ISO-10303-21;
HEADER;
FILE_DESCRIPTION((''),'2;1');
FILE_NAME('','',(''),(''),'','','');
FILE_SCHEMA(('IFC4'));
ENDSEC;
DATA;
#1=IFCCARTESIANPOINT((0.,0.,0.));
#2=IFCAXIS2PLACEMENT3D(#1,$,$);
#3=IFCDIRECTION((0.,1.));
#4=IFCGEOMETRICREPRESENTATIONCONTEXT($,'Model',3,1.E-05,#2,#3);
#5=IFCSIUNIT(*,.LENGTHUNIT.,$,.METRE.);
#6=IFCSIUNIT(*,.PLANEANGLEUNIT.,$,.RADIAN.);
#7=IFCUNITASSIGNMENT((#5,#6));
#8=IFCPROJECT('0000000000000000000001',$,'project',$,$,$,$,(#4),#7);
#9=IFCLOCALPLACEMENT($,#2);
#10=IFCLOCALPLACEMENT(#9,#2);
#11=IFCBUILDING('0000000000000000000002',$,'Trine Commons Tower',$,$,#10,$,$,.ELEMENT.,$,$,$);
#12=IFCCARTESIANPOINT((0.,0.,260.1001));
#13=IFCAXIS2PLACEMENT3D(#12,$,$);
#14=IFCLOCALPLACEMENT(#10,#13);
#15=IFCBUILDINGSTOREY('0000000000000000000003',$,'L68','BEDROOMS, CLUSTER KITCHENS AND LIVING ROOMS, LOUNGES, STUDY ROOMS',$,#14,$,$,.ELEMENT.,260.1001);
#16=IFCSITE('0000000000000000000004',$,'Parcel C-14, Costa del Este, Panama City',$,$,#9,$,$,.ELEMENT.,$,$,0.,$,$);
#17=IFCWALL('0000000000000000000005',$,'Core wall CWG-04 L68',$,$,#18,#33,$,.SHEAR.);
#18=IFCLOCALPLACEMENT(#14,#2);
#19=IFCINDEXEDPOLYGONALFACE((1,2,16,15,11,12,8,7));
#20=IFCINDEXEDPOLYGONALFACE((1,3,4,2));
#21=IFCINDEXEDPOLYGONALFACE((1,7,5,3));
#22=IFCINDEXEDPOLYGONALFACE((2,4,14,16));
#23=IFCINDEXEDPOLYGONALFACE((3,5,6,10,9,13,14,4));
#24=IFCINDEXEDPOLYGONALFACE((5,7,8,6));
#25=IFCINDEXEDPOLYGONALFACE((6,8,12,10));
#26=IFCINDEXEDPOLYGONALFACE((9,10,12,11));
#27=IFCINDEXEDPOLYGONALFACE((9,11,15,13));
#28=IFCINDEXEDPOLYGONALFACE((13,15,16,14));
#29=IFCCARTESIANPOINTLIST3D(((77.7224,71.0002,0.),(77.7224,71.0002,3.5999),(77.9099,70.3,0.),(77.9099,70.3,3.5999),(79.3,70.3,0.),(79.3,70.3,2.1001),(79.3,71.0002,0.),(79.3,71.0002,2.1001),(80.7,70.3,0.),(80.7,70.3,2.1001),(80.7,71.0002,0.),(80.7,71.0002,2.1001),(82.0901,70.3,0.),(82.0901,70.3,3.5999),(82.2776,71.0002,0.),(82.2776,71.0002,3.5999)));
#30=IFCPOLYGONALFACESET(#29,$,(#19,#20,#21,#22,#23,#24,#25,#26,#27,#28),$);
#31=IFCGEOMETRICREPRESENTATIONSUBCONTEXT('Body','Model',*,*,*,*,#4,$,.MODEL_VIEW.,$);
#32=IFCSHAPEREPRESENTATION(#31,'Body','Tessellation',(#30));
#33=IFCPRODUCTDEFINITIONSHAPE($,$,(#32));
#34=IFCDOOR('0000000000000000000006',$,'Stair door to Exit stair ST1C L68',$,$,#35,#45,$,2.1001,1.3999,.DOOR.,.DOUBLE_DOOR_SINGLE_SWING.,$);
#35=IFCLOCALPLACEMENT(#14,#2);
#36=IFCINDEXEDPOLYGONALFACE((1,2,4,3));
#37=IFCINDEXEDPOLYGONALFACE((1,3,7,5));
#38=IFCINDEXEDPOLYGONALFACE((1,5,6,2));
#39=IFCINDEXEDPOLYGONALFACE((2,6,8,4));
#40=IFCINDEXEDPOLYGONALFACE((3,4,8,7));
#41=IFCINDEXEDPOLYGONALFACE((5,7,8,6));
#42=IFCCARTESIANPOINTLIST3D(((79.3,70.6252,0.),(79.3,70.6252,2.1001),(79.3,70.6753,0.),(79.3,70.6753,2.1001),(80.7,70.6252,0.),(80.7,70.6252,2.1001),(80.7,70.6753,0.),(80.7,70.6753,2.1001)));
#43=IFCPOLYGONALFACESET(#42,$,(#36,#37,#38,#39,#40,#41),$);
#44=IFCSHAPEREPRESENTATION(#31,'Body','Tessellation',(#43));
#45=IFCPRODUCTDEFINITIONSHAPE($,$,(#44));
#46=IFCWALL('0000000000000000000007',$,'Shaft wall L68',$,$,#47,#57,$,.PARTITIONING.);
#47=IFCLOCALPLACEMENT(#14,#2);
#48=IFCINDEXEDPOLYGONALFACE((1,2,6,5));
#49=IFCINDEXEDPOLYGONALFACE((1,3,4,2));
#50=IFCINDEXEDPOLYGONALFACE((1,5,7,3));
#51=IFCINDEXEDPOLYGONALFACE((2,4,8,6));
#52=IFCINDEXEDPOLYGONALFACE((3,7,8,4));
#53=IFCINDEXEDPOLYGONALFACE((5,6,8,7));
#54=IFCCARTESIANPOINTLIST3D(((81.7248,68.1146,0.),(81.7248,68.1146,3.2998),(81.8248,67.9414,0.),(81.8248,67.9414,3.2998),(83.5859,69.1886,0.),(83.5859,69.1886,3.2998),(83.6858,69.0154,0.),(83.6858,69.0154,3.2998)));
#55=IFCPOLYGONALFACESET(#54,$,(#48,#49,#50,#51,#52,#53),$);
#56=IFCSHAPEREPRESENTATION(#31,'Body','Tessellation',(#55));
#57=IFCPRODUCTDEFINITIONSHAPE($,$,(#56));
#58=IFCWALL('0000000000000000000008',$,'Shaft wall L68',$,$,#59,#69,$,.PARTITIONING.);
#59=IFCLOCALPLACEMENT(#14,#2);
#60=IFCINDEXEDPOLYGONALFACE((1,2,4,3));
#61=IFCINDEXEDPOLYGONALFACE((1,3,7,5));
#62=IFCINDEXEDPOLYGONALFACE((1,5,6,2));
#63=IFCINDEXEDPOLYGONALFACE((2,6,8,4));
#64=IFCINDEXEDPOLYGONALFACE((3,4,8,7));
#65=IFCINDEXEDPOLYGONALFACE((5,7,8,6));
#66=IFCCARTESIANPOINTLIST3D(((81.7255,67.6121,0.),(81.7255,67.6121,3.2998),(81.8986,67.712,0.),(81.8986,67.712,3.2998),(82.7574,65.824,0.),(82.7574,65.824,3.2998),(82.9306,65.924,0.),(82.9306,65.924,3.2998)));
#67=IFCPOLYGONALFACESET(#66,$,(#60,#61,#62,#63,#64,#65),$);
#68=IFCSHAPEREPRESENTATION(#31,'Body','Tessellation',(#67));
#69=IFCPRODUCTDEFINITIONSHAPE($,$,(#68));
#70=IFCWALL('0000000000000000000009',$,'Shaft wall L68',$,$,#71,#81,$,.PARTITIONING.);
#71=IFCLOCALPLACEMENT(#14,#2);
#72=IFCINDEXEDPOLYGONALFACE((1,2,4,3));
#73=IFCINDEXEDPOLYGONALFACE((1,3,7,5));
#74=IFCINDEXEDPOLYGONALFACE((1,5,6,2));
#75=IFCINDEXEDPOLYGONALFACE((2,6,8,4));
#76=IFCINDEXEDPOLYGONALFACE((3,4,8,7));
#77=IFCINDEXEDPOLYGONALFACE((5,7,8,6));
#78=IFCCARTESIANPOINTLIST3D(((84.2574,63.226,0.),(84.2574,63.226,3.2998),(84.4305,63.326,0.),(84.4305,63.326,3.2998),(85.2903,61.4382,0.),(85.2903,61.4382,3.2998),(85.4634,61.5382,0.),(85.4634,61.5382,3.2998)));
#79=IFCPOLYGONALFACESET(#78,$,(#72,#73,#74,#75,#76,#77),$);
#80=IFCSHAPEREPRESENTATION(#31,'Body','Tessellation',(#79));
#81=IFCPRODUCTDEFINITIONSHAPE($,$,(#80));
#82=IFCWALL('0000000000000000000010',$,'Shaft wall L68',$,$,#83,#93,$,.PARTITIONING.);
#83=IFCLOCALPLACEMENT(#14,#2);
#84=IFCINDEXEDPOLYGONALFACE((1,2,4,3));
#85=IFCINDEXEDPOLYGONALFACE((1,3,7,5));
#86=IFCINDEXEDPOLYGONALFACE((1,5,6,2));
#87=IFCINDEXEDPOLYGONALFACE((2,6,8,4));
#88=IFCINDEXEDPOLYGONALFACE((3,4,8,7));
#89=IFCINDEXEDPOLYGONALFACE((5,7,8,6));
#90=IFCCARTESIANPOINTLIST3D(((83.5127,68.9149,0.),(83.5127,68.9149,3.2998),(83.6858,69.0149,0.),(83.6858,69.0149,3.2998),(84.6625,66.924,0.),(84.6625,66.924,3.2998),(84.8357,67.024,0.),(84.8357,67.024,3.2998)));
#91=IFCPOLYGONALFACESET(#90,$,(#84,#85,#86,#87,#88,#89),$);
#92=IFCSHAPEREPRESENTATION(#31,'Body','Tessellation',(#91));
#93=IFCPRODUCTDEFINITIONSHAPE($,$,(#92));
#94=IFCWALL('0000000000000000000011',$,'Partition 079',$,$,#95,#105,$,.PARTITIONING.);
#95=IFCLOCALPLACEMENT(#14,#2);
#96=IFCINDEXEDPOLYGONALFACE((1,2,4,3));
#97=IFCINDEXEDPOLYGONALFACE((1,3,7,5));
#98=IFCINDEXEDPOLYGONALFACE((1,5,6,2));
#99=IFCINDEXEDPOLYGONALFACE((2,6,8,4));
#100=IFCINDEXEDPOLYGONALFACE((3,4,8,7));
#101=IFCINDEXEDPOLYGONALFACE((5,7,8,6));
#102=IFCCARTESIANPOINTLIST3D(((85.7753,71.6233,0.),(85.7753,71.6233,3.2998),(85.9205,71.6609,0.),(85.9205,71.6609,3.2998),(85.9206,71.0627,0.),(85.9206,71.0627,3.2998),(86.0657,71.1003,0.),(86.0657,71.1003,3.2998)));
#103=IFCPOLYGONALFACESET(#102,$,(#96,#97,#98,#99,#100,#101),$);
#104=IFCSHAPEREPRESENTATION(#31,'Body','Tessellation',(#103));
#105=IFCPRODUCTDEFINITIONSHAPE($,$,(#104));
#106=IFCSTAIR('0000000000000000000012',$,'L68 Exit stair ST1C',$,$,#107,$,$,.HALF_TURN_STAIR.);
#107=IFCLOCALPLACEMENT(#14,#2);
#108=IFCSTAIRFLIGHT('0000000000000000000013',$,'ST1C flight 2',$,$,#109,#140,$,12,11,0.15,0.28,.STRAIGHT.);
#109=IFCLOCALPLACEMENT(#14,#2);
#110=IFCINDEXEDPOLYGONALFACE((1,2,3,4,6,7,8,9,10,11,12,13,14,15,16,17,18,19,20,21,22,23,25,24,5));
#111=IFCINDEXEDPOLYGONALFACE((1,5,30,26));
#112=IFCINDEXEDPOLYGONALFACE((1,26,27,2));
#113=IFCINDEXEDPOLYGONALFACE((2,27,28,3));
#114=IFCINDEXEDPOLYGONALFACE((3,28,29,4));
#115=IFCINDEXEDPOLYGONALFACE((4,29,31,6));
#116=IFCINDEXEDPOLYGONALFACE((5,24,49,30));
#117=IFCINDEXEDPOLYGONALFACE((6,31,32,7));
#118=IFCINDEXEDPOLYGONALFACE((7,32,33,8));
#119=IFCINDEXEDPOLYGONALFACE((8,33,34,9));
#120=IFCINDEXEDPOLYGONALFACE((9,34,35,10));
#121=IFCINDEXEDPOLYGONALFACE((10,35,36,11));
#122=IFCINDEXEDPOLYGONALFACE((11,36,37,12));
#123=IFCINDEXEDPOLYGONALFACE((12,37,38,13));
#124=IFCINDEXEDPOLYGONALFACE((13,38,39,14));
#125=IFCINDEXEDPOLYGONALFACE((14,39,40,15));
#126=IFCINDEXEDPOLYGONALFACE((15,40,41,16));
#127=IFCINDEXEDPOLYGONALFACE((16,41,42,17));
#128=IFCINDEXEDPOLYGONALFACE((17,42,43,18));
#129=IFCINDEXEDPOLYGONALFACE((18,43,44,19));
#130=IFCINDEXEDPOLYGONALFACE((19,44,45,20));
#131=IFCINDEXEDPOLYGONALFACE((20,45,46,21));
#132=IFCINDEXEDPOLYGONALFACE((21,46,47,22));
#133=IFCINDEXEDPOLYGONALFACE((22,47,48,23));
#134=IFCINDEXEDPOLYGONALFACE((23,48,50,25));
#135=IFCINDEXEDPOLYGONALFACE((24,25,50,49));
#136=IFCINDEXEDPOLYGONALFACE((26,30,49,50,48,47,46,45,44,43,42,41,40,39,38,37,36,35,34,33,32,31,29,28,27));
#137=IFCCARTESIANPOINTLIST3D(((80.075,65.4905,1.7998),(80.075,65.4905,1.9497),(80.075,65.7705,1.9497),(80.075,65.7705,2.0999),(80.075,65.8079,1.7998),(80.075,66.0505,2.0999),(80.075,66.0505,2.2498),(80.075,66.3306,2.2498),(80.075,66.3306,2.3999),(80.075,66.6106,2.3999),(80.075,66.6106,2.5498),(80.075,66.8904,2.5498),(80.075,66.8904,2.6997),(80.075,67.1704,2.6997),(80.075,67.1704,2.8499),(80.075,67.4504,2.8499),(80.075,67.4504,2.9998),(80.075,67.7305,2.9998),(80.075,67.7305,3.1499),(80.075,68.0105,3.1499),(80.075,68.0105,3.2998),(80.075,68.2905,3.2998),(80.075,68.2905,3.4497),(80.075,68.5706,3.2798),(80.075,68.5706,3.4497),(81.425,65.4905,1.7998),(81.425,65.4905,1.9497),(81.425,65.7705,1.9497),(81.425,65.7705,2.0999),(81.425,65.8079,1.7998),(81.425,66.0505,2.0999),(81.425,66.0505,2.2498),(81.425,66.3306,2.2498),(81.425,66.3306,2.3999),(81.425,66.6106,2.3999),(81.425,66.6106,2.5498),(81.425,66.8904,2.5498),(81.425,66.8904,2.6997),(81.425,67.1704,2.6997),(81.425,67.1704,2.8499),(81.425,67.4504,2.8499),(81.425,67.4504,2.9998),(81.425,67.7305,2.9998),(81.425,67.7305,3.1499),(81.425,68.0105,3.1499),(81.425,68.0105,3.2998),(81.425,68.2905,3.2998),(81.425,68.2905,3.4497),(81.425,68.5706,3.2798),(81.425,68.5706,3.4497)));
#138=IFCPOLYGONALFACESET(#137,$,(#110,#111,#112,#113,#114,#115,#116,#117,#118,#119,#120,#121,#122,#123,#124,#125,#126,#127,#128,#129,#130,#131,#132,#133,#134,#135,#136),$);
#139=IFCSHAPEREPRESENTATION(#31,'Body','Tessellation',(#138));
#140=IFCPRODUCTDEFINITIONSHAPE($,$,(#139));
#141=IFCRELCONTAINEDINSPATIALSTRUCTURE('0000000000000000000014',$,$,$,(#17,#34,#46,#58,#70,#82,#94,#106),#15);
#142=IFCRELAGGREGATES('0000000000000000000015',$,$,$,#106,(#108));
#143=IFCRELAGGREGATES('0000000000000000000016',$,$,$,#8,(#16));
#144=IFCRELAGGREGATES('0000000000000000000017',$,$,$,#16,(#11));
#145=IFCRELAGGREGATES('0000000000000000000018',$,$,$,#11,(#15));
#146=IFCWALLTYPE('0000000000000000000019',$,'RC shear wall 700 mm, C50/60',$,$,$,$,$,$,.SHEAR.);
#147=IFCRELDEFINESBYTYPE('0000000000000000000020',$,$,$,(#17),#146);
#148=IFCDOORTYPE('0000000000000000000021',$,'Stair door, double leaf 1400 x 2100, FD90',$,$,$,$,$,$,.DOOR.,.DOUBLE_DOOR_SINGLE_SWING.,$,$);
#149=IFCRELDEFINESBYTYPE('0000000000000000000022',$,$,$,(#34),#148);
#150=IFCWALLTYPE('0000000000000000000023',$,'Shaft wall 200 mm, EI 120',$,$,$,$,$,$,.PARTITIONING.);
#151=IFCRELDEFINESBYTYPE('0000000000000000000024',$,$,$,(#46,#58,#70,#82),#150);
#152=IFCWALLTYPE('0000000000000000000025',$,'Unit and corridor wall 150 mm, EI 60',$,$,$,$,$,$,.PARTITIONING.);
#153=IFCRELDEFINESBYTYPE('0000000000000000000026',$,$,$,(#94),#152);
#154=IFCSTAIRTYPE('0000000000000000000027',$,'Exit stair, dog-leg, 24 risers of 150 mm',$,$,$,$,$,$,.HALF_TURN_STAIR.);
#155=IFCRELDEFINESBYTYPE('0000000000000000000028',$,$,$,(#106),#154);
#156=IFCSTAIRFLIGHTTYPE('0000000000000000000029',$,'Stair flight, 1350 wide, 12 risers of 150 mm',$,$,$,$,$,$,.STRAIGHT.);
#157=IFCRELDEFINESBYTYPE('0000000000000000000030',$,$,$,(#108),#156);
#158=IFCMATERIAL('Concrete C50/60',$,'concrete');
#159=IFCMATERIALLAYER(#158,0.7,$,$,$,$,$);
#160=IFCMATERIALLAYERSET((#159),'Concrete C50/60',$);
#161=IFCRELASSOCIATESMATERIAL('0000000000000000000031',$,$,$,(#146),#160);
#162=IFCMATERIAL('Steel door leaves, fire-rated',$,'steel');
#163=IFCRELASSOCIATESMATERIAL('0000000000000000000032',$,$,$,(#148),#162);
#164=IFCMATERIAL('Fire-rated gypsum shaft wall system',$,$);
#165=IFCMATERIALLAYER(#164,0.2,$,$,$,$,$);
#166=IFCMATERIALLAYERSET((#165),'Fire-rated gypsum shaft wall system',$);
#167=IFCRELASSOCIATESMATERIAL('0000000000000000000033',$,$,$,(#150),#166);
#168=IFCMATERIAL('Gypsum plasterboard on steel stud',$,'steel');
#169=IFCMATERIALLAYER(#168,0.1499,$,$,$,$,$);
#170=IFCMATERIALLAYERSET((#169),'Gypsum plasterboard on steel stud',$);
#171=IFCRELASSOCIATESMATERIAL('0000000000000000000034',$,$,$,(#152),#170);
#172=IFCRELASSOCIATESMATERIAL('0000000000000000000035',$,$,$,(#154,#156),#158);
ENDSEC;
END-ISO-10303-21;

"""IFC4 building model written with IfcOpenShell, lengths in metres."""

from ifc_helpers import new_model, si_unit, direction, frame, frame_2d, origin, place, context, subcontext, project, spatial, polyline, rectangle, outline, extrude, material, layer, layer_set, type_object, element, fill, aggregate, save


model = new_model("IFC4")

# Units and contexts
model_context = context("Model", 3, precision=1e-05, world=origin(), true_north=direction((0.0, 1.0)))
body_context = subcontext(model_context, "Body", "Model", "MODEL_VIEW")
ifc_project = project(units=[si_unit("LENGTHUNIT", "METRE"), si_unit("PLANEANGLEUNIT", "RADIAN")], contexts=[model_context])

# Site, building, storey
site_placement = place(None, origin())
site = spatial("IfcSite", under=ifc_project, at=site_placement, Name="Parcel C-14, Costa del Este, Panama City", CompositionType="ELEMENT", RefElevation=0.0)
building_placement = place(site_placement, origin())
building = spatial("IfcBuilding", under=site, at=building_placement, Name="Trine Commons Tower", CompositionType="ELEMENT")
storey_placement = place(building_placement, frame((0.0, 0.0, 260.1001)))
storey = spatial("IfcBuildingStorey", under=building, at=storey_placement, Name="L68", Description="BEDROOMS, CLUSTER KITCHENS AND LIVING ROOMS, LOUNGES, STUDY ROOMS", CompositionType="ELEMENT", Elevation=260.1001)

# Shared definitions
ifc_material_1 = material(Name="Fire-rated gypsum shaft wall system")
ifc_material_2 = material(Name="Concrete C50/60", Category="concrete")

# Wall, opening, door
ifc_layer_1 = layer(ifc_material_2, 0.7)
ifc_layer_set_1 = layer_set([ifc_layer_1], Name="Concrete C50/60")
wall_type_1 = type_object("IfcWallType", Name="RC shear wall 700 mm, C50/60", PredefinedType="SHEAR", material=ifc_layer_set_1)
wall_1_placement = place(storey_placement, frame((82.2776, 70.6501, 0.0), z_axis=(0.0, 0.0, 1.0), x_axis=(-1.0, 0.0, 0.0)))
wall_1 = element("IfcWall", 1, at=wall_1_placement, inside=storey, type_object=wall_type_1, Name="Core wall CWG-04 L68", PredefinedType="SHEAR", context=body_context, shape_type="SweptSolid", body=[
    extrude(outline(polyline([(0.0, -0.3501), (4.5552, -0.3501), (4.3677, 0.3501), (0.1875, 0.3501), (0.0, -0.3501)])), origin(), (0.0, 0.0, 1.0), 3.5999),
])
opening_1_placement = place(wall_1_placement, frame((1.5776, 0.0, 0.0)))
opening_1 = element("IfcOpeningElement", 2, at=opening_1_placement, cuts=wall_1, PredefinedType="OPENING", context=body_context, shape_type="SweptSolid", body=[
    extrude(rectangle(XDim=1.3999, YDim=2.1001, at=frame_2d((0.7, 1.05))), frame((0.0, 0.3599, 0.0), z_axis=(0.0, -1.0, 0.0), x_axis=(1.0, 0.0, 0.0)), (0.0, 0.0, 1.0), 0.72),
])
ifc_material_3 = material(Name="Steel door leaves, fire-rated", Category="steel")
door_type_1 = type_object("IfcDoorType", Name="Stair door, double leaf 1400 x 2100, FD90", OperationType="DOUBLE_DOOR_SINGLE_SWING", PredefinedType="DOOR", material=ifc_material_3)
door_1_placement = place(opening_1_placement, origin())
door_1 = element("IfcDoor", 3, at=door_1_placement, inside=storey, type_object=door_type_1, Name="Stair door to Exit stair ST1C L68", OperationType="DOUBLE_DOOR_SINGLE_SWING", OverallHeight=2.1001, OverallWidth=1.3999, PredefinedType="DOOR", context=body_context, shape_type="SweptSolid", body=[
    extrude(rectangle(XDim=1.3999, YDim=2.1001, at=frame_2d((0.7, 1.05))), frame((0.0, 0.0249, 0.0), z_axis=(0.0, -1.0, 0.0), x_axis=(1.0, 0.0, 0.0)), (0.0, 0.0, 1.0), 0.05),
])
fill(opening_1, door_1)

# Walls
ifc_layer_2 = layer(ifc_material_1, 0.2)
ifc_layer_set_2 = layer_set([ifc_layer_2], Name="Fire-rated gypsum shaft wall system")
wall_type_2 = type_object("IfcWallType", Name="Shaft wall 200 mm, EI 120", PredefinedType="PARTITIONING", material=ifc_layer_set_2)
wall_2_placement = place(storey_placement, frame((81.7749, 68.0281, 0.0), z_axis=(0.0, 0.0, 1.0), x_axis=(0.866131, 0.499818, 0.0)))
element("IfcWall", 4, at=wall_2_placement, inside=storey, type_object=wall_type_2, Name="Shaft wall L68", PredefinedType="PARTITIONING", context=body_context, shape_type="SweptSolid", body=[
    extrude(rectangle(XDim=2.1487, YDim=0.2, at=frame_2d((1.0742, 0.0))), origin(), (0.0, 0.0, 1.0), 3.2998),
])
wall_3_placement = place(storey_placement, frame((82.844, 65.874, 0.0), z_axis=(0.0, 0.0, 1.0), x_axis=(-0.499866, 0.866103, 0.0)))
element("IfcWall", 5, at=wall_3_placement, inside=storey, type_object=wall_type_2, Name="Shaft wall L68", PredefinedType="PARTITIONING", context=body_context, shape_type="SweptSolid", body=[
    extrude(rectangle(XDim=2.0645, YDim=0.2, at=frame_2d((1.0322, 0.0))), origin(), (0.0, 0.0, 1.0), 3.2998),
])
wall_4_placement = place(storey_placement, frame((84.344, 63.2759, 0.0), z_axis=(0.0, 0.0, 1.0), x_axis=(0.500272, -0.865868, 0.0)))
element("IfcWall", 6, at=wall_4_placement, inside=storey, type_object=wall_type_2, Name="Shaft wall L68", PredefinedType="PARTITIONING", context=body_context, shape_type="SweptSolid", body=[
    extrude(rectangle(XDim=2.0647, YDim=0.2, at=frame_2d((1.0322, 0.0))), origin(), (0.0, 0.0, 1.0), 3.2998),
])
wall_5_placement = place(storey_placement, frame((84.749, 66.9741, 0.0), z_axis=(0.0, 0.0, 1.0), x_axis=(-0.500136, 0.865947, 0.0)))
element("IfcWall", 7, at=wall_5_placement, inside=storey, type_object=wall_type_2, Name="Shaft wall L68", PredefinedType="PARTITIONING", context=body_context, shape_type="SweptSolid", body=[
    extrude(rectangle(XDim=2.2991, YDim=0.2, at=frame_2d((1.1494, 0.0))), origin(), (0.0, 0.0, 1.0), 3.2998),
])
ifc_material_4 = material(Name="Gypsum plasterboard on steel stud", Category="steel")
ifc_layer_3 = layer(ifc_material_4, 0.1499)
ifc_layer_set_3 = layer_set([ifc_layer_3], Name="Gypsum plasterboard on steel stud")
wall_type_3 = type_object("IfcWallType", Name="Unit and corridor wall 150 mm, EI 60", PredefinedType="PARTITIONING", material=ifc_layer_set_3)
wall_6_placement = place(storey_placement, frame((85.8479, 71.6421, 0.0), z_axis=(0.0, 0.0, 1.0), x_axis=(0.25086, -0.968023, 0.0)))
element("IfcWall", 8, at=wall_6_placement, inside=storey, type_object=wall_type_3, Name="Partition 079", PredefinedType="PARTITIONING", context=body_context, shape_type="SweptSolid", body=[
    extrude(rectangle(XDim=0.5791, YDim=0.1499, at=frame_2d((0.2896, 0.0))), origin(), (0.0, 0.0, 1.0), 3.2998),
])

# Stair, stair flight
stair_type = type_object("IfcStairType", Name="Exit stair, dog-leg, 24 risers of 150 mm", PredefinedType="HALF_TURN_STAIR", material=ifc_material_2)
stair_placement = place(storey_placement, origin())
stair = element("IfcStair", 9, at=stair_placement, inside=storey, type_object=stair_type, Name="L68 Exit stair ST1C", PredefinedType="HALF_TURN_STAIR")
stair_flight_type = type_object("IfcStairFlightType", Name="Stair flight, 1350 wide, 12 risers of 150 mm", PredefinedType="STRAIGHT", material=ifc_material_2)
stair_flight_placement = place(storey_placement, frame((80.75, 65.4905, 1.7998), z_axis=(0.0, 0.0, 1.0), x_axis=(0.0, 1.0, 0.0)))
stair_flight = element("IfcStairFlight", 10, at=stair_flight_placement, type_object=stair_flight_type, Name="ST1C flight 2", NumberOfRisers=12, NumberOfTreads=11, PredefinedType="STRAIGHT", RiserHeight=0.15, TreadLength=0.28, context=body_context, shape_type="SweptSolid", body=[
    extrude(outline(polyline([(0.0, 0.0), (0.0, 0.1499), (0.28, 0.1499), (0.28, 0.3), (0.5601, 0.3), (0.5601, 0.45), (0.8401, 0.45), (0.8401, 0.6001), (1.1201, 0.6001), (1.1201, 0.75), (1.3999, 0.75), (1.3999, 0.8999), (1.6799, 0.8999), (1.6799, 1.05), (1.96, 1.05), (1.96, 1.2), (2.24, 1.2), (2.24, 1.3501), (2.52, 1.3501), (2.52, 1.5), (2.8, 1.5), (2.8, 1.6499), (3.0801, 1.6499), (3.0801, 1.8), (3.0801, 1.48), (0.3174, 0.0), (0.0, 0.0)])), frame((0.0, 0.675, 0.0), z_axis=(0.0, -1.0, 0.0), x_axis=(1.0, 0.0, 0.0)), (0.0, 0.0, 1.0), 1.3501),
])
aggregate(stair, [stair_flight])

save(model, "model.ifc")
